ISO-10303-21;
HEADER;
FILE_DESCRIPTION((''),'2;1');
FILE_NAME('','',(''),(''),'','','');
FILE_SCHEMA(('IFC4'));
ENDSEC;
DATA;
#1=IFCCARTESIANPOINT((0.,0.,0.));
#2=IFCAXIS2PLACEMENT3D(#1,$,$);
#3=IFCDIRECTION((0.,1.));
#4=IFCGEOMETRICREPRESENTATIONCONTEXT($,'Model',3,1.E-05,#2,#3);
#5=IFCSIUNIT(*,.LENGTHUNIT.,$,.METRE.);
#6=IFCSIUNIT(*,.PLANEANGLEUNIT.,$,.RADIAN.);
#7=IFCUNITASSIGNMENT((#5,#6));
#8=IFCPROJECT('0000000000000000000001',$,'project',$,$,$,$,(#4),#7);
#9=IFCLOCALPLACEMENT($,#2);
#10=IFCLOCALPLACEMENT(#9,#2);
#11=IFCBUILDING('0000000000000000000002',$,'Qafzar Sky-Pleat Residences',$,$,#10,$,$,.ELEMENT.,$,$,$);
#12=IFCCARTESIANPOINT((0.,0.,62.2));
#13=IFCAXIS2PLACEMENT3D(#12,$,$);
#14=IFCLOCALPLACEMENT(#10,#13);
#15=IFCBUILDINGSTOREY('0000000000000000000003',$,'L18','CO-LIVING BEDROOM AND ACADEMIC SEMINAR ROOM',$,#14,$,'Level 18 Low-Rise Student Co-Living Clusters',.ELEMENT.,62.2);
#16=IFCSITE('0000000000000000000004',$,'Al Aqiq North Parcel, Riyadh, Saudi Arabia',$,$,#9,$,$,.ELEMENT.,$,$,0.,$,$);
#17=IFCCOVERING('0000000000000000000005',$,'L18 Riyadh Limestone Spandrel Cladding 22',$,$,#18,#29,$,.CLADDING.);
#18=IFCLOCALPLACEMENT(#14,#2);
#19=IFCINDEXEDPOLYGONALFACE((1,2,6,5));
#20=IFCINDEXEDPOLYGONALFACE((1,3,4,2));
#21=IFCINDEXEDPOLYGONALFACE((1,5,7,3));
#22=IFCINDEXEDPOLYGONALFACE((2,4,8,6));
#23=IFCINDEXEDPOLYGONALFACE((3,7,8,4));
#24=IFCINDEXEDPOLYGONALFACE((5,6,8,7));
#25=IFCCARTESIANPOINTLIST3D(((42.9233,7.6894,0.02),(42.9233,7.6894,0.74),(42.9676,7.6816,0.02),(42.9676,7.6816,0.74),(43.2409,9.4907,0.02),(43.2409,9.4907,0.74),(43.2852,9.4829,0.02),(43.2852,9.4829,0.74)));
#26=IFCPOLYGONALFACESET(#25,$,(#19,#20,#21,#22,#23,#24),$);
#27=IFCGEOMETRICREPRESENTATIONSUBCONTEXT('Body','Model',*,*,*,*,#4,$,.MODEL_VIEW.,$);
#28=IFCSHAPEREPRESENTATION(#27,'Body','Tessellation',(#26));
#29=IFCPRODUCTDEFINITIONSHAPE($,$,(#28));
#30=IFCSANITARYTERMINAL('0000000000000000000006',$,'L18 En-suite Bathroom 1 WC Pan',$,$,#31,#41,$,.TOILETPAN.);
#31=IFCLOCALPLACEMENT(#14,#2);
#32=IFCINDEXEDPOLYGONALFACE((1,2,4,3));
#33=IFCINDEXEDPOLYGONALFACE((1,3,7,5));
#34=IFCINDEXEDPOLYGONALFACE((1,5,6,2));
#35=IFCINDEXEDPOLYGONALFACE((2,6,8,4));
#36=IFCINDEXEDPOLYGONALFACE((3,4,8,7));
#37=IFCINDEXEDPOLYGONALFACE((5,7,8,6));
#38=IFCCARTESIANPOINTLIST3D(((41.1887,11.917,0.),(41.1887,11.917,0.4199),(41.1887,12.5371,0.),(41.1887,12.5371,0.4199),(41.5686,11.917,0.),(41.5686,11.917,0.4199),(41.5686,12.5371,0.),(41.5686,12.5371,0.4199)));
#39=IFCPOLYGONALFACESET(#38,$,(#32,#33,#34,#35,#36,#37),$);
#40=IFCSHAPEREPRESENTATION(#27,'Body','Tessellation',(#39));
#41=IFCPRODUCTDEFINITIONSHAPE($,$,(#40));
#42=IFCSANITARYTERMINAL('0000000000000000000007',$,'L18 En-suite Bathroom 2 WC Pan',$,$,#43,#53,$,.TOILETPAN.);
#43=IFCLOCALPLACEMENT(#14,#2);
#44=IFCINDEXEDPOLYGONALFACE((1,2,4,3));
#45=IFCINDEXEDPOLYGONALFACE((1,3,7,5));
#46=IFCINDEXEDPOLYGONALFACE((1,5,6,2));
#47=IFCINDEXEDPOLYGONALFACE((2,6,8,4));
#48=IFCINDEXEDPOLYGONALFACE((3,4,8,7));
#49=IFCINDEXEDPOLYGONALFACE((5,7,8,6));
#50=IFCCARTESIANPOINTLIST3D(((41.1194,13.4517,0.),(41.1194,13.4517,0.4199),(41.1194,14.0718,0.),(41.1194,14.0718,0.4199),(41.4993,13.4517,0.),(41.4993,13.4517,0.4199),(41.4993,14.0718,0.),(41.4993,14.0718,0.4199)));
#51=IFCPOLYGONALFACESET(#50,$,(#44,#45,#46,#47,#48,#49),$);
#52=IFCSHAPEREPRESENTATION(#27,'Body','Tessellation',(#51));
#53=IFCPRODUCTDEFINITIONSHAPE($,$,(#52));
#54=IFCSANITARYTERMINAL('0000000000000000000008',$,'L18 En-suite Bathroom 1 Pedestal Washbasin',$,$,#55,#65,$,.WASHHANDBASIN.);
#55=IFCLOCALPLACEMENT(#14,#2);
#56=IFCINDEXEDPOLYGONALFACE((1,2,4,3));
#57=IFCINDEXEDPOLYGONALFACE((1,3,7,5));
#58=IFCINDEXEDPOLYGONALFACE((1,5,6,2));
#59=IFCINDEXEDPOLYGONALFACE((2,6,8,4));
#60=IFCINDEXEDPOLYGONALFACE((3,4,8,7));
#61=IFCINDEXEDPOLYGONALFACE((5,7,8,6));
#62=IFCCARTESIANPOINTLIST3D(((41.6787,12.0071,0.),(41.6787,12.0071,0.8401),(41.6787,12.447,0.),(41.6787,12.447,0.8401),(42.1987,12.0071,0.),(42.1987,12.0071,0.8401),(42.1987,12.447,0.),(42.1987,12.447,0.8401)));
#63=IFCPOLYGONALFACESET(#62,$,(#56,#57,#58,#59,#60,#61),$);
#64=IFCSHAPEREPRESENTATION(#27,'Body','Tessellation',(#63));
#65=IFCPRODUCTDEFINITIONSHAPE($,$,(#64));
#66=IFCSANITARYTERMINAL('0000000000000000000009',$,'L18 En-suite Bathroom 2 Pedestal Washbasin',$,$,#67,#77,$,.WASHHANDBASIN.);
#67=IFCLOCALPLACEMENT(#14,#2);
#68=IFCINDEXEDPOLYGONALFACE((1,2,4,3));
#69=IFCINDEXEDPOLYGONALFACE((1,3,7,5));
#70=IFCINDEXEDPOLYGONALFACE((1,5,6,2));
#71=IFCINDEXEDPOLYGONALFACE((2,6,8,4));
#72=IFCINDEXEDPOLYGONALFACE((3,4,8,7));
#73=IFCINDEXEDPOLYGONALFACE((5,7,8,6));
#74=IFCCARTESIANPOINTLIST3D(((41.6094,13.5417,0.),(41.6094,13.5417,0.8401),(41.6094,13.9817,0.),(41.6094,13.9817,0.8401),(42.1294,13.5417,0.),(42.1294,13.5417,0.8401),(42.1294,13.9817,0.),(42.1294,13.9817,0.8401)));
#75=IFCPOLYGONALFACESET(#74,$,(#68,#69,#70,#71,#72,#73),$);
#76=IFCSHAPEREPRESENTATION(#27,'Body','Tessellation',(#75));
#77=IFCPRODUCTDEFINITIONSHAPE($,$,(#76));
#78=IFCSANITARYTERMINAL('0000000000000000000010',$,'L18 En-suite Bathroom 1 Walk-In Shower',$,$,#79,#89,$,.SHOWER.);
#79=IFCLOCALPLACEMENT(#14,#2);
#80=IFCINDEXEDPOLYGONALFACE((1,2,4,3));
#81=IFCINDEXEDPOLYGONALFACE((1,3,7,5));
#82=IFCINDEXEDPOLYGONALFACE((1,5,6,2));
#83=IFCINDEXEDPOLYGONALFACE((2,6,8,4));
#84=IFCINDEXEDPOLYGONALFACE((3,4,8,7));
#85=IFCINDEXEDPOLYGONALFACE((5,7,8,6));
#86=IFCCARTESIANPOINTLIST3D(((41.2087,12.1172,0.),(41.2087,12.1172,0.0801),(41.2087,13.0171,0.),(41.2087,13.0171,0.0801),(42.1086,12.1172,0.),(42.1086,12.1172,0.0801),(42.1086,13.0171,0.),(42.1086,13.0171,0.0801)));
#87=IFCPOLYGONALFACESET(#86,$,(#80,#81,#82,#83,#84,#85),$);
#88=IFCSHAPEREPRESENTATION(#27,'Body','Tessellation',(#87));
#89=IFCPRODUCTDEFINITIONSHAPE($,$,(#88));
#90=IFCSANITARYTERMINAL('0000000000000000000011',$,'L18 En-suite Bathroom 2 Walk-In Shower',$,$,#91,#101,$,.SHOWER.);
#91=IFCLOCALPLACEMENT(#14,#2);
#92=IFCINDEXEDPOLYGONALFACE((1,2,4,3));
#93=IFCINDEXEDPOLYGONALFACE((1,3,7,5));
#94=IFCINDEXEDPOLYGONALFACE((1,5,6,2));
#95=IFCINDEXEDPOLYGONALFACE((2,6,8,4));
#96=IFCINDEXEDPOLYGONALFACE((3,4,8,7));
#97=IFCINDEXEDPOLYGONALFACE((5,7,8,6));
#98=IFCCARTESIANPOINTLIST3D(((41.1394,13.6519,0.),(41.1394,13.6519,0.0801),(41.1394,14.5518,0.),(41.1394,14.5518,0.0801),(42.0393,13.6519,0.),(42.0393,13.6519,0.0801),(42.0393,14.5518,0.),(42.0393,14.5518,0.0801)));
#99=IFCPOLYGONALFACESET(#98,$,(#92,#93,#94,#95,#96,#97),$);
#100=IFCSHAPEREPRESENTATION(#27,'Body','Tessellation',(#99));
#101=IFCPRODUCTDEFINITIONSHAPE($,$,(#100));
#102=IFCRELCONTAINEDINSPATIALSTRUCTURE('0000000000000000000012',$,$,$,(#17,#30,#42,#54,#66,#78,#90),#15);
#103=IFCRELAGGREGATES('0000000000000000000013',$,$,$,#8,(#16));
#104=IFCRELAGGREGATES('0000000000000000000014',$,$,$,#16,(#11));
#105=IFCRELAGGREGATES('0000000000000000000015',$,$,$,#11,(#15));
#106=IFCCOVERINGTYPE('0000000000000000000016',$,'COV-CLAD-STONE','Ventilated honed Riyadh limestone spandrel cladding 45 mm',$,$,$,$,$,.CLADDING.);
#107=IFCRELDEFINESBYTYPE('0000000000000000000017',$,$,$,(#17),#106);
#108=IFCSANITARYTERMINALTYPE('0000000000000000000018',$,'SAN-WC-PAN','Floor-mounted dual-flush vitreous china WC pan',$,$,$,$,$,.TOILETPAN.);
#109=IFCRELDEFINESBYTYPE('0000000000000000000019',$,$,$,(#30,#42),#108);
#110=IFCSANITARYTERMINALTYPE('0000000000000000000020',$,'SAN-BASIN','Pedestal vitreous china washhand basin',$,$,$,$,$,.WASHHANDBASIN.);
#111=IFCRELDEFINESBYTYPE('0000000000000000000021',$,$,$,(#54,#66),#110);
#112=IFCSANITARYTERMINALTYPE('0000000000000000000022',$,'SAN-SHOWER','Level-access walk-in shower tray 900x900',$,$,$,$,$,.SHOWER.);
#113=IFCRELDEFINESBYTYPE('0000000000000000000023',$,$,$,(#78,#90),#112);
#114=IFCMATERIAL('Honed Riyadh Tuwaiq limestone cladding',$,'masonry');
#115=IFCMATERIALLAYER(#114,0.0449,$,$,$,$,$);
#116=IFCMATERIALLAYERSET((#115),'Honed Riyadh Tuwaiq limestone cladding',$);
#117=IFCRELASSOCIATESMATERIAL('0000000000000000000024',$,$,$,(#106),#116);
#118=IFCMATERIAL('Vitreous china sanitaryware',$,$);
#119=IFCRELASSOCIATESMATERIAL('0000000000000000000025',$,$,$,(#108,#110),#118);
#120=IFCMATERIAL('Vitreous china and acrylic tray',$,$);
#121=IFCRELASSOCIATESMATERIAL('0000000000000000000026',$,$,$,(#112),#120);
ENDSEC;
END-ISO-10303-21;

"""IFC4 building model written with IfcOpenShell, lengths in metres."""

from ifc_helpers import new_model, si_unit, direction, frame, origin, origin_2d, place, context, subcontext, project, spatial, rectangle, extrude, source, transform, mapped, material, layer, layer_set, type_object, element, save


model = new_model("IFC4")

# Units and contexts
model_context = context("Model", 3, precision=1e-05, world=origin(), true_north=direction((0.0, 1.0)))
body_context = subcontext(model_context, "Body", "Model", "MODEL_VIEW")
ifc_project = project(units=[si_unit("LENGTHUNIT", "METRE"), si_unit("PLANEANGLEUNIT", "RADIAN")], contexts=[model_context])

# Site, building, storey
site_placement = place(None, origin())
site = spatial("IfcSite", under=ifc_project, at=site_placement, Name="Al Aqiq North Parcel, Riyadh, Saudi Arabia", CompositionType="ELEMENT", RefElevation=0.0)
building_placement = place(site_placement, origin())
building = spatial("IfcBuilding", under=site, at=building_placement, Name="Qafzar Sky-Pleat Residences", CompositionType="ELEMENT")
storey_placement = place(building_placement, frame((0.0, 0.0, 62.2)))
storey = spatial("IfcBuildingStorey", under=building, at=storey_placement, Name="L18", Description="CO-LIVING BEDROOM AND ACADEMIC SEMINAR ROOM", LongName="Level 18 Low-Rise Student Co-Living Clusters", CompositionType="ELEMENT", Elevation=62.2)

# Covering
ifc_material_1 = material(Name="Honed Riyadh Tuwaiq limestone cladding", Category="masonry")
ifc_layer_1 = layer(ifc_material_1, 0.0449)
ifc_layer_set_1 = layer_set([ifc_layer_1], Name="Honed Riyadh Tuwaiq limestone cladding")
covering_type = type_object("IfcCoveringType", Name="COV-CLAD-STONE", Description="Ventilated honed Riyadh limestone spandrel cladding 45 mm", PredefinedType="CLADDING", material=ifc_layer_set_1)
shared_shape_1 = source(origin(), body_context, "Body", "SweptSolid", [
    extrude(rectangle(XDim=1.8291, YDim=0.0449, at=origin_2d()), origin(), (0.0, 0.0, 1.0), 0.72),
])
covering_placement = place(storey_placement, frame((43.1042, 8.5862, 0.02), z_axis=(0.0, 0.0, 1.0), x_axis=(0.173648, 0.984808, 0.0)))
element("IfcCovering", 1, at=covering_placement, inside=storey, type_object=covering_type, Name="L18 Riyadh Limestone Spandrel Cladding 22", PredefinedType="CLADDING", context=body_context, shape_type="MappedRepresentation", body=[
    mapped(shared_shape_1, transform((0.0, 0.0, 0.0), x_axis=(1.0, 0.0, 0.0), y_axis=(0.0, 1.0, 0.0), z_axis=(0.0, 0.0, 1.0), scale=1.0)),
])

# Sanitary terminals
ifc_material_2 = material(Name="Vitreous china sanitaryware")
sanitary_terminal_type_1 = type_object("IfcSanitaryTerminalType", Name="SAN-WC-PAN", Description="Floor-mounted dual-flush vitreous china WC pan", PredefinedType="TOILETPAN", material=ifc_material_2)
shared_shape_2 = source(origin(), body_context, "Body", "SweptSolid", [
    extrude(rectangle(XDim=0.3799, YDim=0.6201, at=origin_2d()), origin(), (0.0, 0.0, 1.0), 0.4199),
])
for number, where, z_axis, x_axis, name in (
    (2, (41.3787, 12.2271, 0.0), (0.0, 0.0, 1.0), (1.0, 0.0, 0.0), "L18 En-suite Bathroom 1 WC Pan"),
    (3, (41.3093, 13.7617, 0.0), (0.0, 0.0, 1.0), (1.0, 0.0, 0.0), "L18 En-suite Bathroom 2 WC Pan"),
):
    element("IfcSanitaryTerminal", number, at=place(storey_placement, frame(where, z_axis=z_axis, x_axis=x_axis)), inside=storey, type_object=sanitary_terminal_type_1, Name=name, PredefinedType="TOILETPAN", context=body_context, shape_type="MappedRepresentation", body=[
        mapped(shared_shape_2, transform((0.0, 0.0, 0.0), x_axis=(1.0, 0.0, 0.0), y_axis=(0.0, 1.0, 0.0), z_axis=(0.0, 0.0, 1.0), scale=1.0)),
    ])
sanitary_terminal_type_2 = type_object("IfcSanitaryTerminalType", Name="SAN-BASIN", Description="Pedestal vitreous china washhand basin", PredefinedType="WASHHANDBASIN", material=ifc_material_2)
shared_shape_3 = source(origin(), body_context, "Body", "SweptSolid", [
    extrude(rectangle(XDim=0.52, YDim=0.4399, at=origin_2d()), origin(), (0.0, 0.0, 1.0), 0.8401),
])
for number, where, z_axis, x_axis, name in (
    (4, (41.9387, 12.2271, 0.0), (0.0, 0.0, 1.0), (1.0, 0.0, 0.0), "L18 En-suite Bathroom 1 Pedestal Washbasin"),
    (5, (41.8694, 13.7617, 0.0), (0.0, 0.0, 1.0), (1.0, 0.0, 0.0), "L18 En-suite Bathroom 2 Pedestal Washbasin"),
):
    element("IfcSanitaryTerminal", number, at=place(storey_placement, frame(where, z_axis=z_axis, x_axis=x_axis)), inside=storey, type_object=sanitary_terminal_type_2, Name=name, PredefinedType="WASHHANDBASIN", context=body_context, shape_type="MappedRepresentation", body=[
        mapped(shared_shape_3, transform((0.0, 0.0, 0.0), x_axis=(1.0, 0.0, 0.0), y_axis=(0.0, 1.0, 0.0), z_axis=(0.0, 0.0, 1.0), scale=1.0)),
    ])
ifc_material_3 = material(Name="Vitreous china and acrylic tray")
sanitary_terminal_type_3 = type_object("IfcSanitaryTerminalType", Name="SAN-SHOWER", Description="Level-access walk-in shower tray 900x900", PredefinedType="SHOWER", material=ifc_material_3)
shared_shape_4 = source(origin(), body_context, "Body", "SweptSolid", [
    extrude(rectangle(XDim=0.8999, YDim=0.8999, at=origin_2d()), origin(), (0.0, 0.0, 1.0), 0.0801),
])
for number, where, z_axis, x_axis, name in (
    (6, (41.6587, 12.5671, 0.0), (0.0, 0.0, 1.0), (1.0, 0.0, 0.0), "L18 En-suite Bathroom 1 Walk-In Shower"),
    (7, (41.5894, 14.1018, 0.0), (0.0, 0.0, 1.0), (1.0, 0.0, 0.0), "L18 En-suite Bathroom 2 Walk-In Shower"),
):
    element("IfcSanitaryTerminal", number, at=place(storey_placement, frame(where, z_axis=z_axis, x_axis=x_axis)), inside=storey, type_object=sanitary_terminal_type_3, Name=name, PredefinedType="SHOWER", context=body_context, shape_type="MappedRepresentation", body=[
        mapped(shared_shape_4, transform((0.0, 0.0, 0.0), x_axis=(1.0, 0.0, 0.0), y_axis=(0.0, 1.0, 0.0), z_axis=(0.0, 0.0, 1.0), scale=1.0)),
    ])

save(model, "model.ifc")
